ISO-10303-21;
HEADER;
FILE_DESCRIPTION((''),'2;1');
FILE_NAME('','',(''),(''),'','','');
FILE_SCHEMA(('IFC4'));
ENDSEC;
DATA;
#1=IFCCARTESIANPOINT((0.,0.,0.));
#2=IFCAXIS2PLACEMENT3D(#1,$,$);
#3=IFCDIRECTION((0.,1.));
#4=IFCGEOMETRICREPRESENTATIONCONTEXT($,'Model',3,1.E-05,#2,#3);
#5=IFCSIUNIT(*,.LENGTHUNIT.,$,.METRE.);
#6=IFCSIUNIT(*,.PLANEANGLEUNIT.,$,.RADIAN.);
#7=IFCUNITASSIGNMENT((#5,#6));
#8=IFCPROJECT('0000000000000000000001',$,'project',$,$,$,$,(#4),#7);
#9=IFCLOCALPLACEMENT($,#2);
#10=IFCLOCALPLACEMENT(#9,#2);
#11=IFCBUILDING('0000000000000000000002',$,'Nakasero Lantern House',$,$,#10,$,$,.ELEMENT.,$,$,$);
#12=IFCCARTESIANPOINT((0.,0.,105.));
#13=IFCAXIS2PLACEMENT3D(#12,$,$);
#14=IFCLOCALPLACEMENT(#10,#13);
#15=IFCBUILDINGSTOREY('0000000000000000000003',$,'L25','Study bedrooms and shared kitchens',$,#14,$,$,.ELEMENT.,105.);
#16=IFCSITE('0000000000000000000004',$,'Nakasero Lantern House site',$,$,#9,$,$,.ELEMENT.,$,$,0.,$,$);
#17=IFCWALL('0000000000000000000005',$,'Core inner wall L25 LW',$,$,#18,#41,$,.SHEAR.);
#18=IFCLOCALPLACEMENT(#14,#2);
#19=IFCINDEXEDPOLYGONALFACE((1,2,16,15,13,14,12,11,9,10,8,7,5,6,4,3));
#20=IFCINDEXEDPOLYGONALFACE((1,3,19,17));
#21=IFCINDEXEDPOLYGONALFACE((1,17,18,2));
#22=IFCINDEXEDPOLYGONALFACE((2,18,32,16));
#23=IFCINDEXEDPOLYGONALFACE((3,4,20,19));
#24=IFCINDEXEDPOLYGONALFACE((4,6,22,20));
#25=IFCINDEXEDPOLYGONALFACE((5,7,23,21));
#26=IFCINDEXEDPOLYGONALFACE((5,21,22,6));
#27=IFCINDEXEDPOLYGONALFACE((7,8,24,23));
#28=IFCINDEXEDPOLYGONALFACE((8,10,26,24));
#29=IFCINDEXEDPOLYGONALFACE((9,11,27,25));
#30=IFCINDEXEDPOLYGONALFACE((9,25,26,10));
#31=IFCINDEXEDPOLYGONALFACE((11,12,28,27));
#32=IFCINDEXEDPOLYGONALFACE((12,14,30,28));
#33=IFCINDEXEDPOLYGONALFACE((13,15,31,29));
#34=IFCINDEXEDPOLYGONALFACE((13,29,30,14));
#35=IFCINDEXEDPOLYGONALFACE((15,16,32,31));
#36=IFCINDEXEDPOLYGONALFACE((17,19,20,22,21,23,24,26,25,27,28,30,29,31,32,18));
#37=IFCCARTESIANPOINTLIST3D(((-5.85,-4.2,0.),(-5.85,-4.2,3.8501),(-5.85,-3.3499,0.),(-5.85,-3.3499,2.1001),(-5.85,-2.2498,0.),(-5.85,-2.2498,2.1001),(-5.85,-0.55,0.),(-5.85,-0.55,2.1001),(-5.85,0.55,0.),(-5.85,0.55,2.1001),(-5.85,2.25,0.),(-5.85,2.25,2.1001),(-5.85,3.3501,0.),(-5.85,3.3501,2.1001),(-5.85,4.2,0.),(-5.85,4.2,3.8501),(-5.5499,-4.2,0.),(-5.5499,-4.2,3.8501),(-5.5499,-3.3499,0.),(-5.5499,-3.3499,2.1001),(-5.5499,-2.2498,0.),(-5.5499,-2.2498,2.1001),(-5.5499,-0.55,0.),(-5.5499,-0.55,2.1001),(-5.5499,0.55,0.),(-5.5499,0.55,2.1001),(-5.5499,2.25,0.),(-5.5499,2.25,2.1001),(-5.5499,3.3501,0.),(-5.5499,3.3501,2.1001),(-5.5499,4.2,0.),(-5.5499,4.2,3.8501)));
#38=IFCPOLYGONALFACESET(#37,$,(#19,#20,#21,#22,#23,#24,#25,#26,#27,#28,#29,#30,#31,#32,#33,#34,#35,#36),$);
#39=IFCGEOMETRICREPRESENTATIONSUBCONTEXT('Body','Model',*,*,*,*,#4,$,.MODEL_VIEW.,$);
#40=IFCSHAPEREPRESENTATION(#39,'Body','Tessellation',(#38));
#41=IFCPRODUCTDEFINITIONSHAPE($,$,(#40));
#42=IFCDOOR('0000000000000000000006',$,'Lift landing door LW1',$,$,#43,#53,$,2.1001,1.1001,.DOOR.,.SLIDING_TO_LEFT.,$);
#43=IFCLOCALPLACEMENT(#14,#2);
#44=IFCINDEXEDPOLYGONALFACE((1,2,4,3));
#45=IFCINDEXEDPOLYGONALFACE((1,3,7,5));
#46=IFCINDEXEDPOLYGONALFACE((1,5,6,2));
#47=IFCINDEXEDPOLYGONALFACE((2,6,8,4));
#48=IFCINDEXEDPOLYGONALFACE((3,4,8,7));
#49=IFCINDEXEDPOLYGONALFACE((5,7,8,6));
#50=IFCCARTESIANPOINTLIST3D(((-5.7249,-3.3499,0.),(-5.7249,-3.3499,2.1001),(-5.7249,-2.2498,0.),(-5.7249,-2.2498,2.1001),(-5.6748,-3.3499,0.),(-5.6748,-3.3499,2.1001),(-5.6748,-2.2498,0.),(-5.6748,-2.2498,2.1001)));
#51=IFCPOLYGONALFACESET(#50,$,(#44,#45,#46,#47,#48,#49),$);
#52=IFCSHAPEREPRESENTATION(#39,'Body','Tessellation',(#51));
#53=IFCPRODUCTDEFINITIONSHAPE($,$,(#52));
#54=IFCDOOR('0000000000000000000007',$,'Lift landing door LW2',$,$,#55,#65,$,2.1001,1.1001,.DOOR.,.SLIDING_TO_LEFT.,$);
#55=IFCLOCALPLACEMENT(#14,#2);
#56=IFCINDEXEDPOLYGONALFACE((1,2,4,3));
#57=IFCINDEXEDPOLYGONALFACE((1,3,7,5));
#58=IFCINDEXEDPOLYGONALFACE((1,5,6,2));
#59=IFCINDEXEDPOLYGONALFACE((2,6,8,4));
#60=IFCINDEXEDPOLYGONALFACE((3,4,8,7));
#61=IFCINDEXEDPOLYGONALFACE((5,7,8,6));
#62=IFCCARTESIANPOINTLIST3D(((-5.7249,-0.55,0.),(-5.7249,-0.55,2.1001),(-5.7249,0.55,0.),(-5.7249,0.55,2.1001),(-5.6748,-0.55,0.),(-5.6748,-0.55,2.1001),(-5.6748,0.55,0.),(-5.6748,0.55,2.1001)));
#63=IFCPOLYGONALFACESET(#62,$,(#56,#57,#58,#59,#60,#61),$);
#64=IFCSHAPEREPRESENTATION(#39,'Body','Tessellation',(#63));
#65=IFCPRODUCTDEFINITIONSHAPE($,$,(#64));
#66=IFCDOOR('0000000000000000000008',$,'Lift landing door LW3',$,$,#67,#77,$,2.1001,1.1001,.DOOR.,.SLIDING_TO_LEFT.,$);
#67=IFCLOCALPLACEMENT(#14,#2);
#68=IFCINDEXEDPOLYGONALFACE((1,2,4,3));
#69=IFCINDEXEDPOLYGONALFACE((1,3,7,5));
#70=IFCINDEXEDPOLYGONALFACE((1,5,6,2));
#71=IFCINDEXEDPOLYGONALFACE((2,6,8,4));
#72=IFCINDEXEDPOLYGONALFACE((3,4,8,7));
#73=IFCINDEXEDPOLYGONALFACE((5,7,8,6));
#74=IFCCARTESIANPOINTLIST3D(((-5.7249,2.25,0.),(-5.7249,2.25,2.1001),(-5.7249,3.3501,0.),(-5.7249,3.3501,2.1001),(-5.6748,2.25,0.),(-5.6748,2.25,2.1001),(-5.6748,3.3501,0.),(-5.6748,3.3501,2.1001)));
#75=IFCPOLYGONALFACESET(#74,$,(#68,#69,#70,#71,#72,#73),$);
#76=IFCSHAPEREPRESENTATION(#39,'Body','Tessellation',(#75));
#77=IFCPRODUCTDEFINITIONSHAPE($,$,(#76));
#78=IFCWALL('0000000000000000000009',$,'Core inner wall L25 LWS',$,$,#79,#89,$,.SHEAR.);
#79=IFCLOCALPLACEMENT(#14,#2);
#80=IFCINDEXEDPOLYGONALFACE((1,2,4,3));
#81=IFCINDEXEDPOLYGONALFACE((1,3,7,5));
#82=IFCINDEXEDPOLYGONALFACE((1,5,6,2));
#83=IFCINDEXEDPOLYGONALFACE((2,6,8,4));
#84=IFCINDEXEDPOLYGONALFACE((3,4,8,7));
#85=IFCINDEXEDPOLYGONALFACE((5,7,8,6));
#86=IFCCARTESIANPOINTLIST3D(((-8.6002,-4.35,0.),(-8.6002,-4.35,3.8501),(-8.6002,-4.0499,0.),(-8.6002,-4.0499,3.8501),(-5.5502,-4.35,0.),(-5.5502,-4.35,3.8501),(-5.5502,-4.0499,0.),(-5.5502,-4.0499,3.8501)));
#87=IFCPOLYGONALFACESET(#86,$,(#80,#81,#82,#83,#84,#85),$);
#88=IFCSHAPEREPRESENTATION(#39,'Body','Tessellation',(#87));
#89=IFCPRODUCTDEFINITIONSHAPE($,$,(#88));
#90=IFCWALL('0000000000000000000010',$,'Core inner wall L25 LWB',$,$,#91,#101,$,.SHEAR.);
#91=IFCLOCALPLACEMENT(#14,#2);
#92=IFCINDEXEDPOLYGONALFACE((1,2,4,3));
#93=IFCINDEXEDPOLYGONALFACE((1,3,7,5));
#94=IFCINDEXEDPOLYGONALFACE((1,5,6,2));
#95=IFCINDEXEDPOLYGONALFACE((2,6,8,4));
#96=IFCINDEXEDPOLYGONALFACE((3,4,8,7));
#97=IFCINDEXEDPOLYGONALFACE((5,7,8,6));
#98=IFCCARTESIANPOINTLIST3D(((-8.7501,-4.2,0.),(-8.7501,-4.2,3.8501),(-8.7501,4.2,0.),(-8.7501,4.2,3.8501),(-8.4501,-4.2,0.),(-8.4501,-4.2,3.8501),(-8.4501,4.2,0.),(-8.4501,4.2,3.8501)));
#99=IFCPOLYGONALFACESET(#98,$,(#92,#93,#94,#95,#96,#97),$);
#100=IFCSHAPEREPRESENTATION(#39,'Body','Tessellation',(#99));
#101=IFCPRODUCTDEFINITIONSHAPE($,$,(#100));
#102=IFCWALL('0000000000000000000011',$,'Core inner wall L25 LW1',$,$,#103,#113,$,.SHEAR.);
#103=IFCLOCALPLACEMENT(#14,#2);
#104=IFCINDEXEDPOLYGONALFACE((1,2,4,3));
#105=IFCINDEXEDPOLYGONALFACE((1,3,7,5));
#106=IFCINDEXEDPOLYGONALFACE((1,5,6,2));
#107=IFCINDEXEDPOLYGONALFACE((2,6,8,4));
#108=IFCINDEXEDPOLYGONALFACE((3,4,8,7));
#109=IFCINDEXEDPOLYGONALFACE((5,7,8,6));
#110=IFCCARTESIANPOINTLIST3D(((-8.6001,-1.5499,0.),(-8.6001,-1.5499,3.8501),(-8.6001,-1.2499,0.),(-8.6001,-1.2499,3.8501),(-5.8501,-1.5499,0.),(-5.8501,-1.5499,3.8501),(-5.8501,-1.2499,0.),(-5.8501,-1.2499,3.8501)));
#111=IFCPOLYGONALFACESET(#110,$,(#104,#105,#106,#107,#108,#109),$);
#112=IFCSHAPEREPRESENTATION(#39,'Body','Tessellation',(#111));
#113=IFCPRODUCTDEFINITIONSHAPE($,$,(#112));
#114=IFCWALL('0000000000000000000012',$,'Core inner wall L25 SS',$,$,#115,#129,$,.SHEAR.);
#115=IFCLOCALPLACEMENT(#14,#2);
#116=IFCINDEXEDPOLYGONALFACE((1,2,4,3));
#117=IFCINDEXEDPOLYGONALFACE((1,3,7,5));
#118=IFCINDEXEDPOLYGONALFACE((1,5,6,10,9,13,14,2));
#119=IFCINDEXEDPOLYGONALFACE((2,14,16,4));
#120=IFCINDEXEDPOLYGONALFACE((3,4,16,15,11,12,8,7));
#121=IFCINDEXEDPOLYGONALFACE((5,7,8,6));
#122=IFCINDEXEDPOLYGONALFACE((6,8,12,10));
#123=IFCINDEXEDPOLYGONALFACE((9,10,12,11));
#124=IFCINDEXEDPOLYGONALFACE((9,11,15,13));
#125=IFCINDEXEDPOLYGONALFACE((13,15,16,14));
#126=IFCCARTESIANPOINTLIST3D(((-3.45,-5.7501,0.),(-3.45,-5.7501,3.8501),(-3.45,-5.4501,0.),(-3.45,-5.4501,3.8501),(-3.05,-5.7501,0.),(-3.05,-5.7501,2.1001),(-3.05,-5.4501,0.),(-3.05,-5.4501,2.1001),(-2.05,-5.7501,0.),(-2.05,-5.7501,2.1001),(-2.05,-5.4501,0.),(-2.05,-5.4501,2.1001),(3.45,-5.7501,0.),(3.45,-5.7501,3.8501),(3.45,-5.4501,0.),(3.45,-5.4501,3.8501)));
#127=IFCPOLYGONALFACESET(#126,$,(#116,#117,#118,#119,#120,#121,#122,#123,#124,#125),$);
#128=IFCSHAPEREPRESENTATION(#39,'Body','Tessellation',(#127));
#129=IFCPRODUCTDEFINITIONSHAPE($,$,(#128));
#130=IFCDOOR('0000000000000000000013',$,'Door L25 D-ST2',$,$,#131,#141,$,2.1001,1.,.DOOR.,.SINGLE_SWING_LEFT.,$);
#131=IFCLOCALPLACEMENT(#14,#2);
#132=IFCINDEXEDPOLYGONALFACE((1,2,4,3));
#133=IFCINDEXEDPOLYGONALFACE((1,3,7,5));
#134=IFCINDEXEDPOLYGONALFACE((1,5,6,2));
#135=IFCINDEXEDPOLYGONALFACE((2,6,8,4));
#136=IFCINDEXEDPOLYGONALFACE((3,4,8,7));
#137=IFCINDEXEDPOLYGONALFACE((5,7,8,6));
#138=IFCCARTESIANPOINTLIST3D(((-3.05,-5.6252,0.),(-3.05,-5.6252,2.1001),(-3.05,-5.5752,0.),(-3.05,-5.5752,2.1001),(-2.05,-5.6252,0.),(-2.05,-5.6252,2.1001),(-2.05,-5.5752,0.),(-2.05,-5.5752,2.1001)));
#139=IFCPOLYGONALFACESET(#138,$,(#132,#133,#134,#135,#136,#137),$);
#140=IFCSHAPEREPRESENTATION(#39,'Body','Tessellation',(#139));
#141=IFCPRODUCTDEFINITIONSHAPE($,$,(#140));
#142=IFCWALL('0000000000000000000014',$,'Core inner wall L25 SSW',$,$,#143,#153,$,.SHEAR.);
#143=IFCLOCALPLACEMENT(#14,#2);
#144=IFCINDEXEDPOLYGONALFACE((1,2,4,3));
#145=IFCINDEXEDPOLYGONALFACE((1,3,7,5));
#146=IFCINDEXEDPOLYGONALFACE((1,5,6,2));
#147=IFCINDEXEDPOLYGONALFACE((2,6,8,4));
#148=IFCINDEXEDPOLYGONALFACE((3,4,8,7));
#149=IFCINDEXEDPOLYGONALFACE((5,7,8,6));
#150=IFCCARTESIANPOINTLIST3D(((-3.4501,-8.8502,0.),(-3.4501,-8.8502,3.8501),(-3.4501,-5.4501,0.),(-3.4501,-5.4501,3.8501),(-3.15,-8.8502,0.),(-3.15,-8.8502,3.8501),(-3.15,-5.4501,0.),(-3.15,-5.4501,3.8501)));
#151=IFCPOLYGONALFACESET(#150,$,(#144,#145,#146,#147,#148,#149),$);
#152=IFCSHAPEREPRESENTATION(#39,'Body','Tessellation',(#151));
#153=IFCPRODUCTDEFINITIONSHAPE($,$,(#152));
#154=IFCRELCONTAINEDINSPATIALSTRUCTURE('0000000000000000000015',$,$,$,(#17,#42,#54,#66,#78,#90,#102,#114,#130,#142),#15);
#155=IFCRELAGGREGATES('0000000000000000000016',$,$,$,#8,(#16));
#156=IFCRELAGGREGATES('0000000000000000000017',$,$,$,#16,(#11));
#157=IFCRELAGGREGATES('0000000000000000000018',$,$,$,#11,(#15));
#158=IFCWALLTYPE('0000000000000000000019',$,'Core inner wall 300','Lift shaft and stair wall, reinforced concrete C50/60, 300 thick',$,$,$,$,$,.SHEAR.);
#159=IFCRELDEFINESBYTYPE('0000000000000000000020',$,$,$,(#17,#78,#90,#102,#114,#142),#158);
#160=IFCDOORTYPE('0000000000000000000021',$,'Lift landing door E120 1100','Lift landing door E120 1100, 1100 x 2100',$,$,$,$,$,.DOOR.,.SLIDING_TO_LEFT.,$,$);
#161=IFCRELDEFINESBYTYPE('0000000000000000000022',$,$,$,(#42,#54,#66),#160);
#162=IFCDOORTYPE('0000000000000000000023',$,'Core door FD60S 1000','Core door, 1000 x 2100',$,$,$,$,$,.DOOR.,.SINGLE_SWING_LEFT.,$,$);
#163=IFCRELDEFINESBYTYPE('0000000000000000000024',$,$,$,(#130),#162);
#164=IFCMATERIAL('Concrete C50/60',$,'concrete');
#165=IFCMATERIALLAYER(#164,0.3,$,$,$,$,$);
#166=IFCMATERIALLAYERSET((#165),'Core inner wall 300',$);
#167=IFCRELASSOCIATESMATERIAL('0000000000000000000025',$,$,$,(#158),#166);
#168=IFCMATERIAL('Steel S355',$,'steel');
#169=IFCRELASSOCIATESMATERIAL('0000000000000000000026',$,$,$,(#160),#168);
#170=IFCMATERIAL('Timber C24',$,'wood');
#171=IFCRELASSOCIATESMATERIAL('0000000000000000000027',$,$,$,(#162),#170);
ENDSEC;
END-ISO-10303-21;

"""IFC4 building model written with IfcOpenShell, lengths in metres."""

from ifc_helpers import new_model, si_unit, direction, frame, frame_2d, origin, place, context, subcontext, project, spatial, rectangle, extrude, material, layer, layer_set, type_object, element, fill, save


model = new_model("IFC4")

# Units and contexts
model_context = context("Model", 3, precision=1e-05, world=origin(), true_north=direction((0.0, 1.0)))
body_context = subcontext(model_context, "Body", "Model", "MODEL_VIEW")
ifc_project = project(units=[si_unit("LENGTHUNIT", "METRE"), si_unit("PLANEANGLEUNIT", "RADIAN")], contexts=[model_context])

# Site, building, storey
site_placement = place(None, origin())
site = spatial("IfcSite", under=ifc_project, at=site_placement, Name="Nakasero Lantern House site", CompositionType="ELEMENT", RefElevation=0.0)
building_placement = place(site_placement, origin())
building = spatial("IfcBuilding", under=site, at=building_placement, Name="Nakasero Lantern House", CompositionType="ELEMENT")
storey_placement = place(building_placement, frame((0.0, 0.0, 105.0)))
storey = spatial("IfcBuildingStorey", under=building, at=storey_placement, Name="L25", Description="Study bedrooms and shared kitchens", CompositionType="ELEMENT", Elevation=105.0)

# Wall, openings, doors
ifc_material_1 = material(Name="Concrete C50/60", Category="concrete")
ifc_layer_1 = layer(ifc_material_1, 0.3)
ifc_layer_set_1 = layer_set([ifc_layer_1], Name="Core inner wall 300")
wall_type_1 = type_object("IfcWallType", Name="Core inner wall 300", Description="Lift shaft and stair wall, reinforced concrete C50/60, 300 thick", PredefinedType="SHEAR", material=ifc_layer_set_1)
wall_1_placement = place(storey_placement, frame((-5.7, -4.2, 0.0), z_axis=(0.0, 0.0, 1.0), x_axis=(0.0, 1.0, 0.0)))
wall_1 = element("IfcWall", 1, at=wall_1_placement, inside=storey, type_object=wall_type_1, Name="Core inner wall L25 LW", PredefinedType="SHEAR", context=body_context, shape_type="SweptSolid", body=[
    extrude(rectangle(XDim=8.3999, YDim=0.3, at=frame_2d((4.2, 0.0))), origin(), (0.0, 0.0, 1.0), 3.8501),
])
opening_1_placement = place(wall_1_placement, frame((0.8501, 0.0, 0.0)))
opening_1 = element("IfcOpeningElement", 2, at=opening_1_placement, cuts=wall_1, PredefinedType="OPENING", context=body_context, shape_type="SweptSolid", body=[
    extrude(rectangle(XDim=1.1001, YDim=2.1001, at=frame_2d((0.55, 1.05))), frame((0.0, 0.1699, 0.0), z_axis=(0.0, -1.0, 0.0), x_axis=(1.0, 0.0, 0.0)), (0.0, 0.0, 1.0), 0.3401),
])
opening_2_placement = place(wall_1_placement, frame((3.6499, 0.0, 0.0)))
opening_2 = element("IfcOpeningElement", 3, at=opening_2_placement, cuts=wall_1, PredefinedType="OPENING", context=body_context, shape_type="SweptSolid", body=[
    extrude(rectangle(XDim=1.1001, YDim=2.1001, at=frame_2d((0.55, 1.05))), frame((0.0, 0.1699, 0.0), z_axis=(0.0, -1.0, 0.0), x_axis=(1.0, 0.0, 0.0)), (0.0, 0.0, 1.0), 0.3401),
])
opening_3_placement = place(wall_1_placement, frame((6.45, 0.0, 0.0)))
opening_3 = element("IfcOpeningElement", 4, at=opening_3_placement, cuts=wall_1, PredefinedType="OPENING", context=body_context, shape_type="SweptSolid", body=[
    extrude(rectangle(XDim=1.1001, YDim=2.1001, at=frame_2d((0.55, 1.05))), frame((0.0, 0.1699, 0.0), z_axis=(0.0, -1.0, 0.0), x_axis=(1.0, 0.0, 0.0)), (0.0, 0.0, 1.0), 0.3401),
])
ifc_material_2 = material(Name="Steel S355", Category="steel")
door_type_1 = type_object("IfcDoorType", Name="Lift landing door E120 1100", Description="Lift landing door E120 1100, 1100 x 2100", OperationType="SLIDING_TO_LEFT", PredefinedType="DOOR", material=ifc_material_2)
door_1_placement = place(opening_1_placement, origin())
door_1 = element("IfcDoor", 5, at=door_1_placement, inside=storey, type_object=door_type_1, Name="Lift landing door LW1", OperationType="SLIDING_TO_LEFT", OverallHeight=2.1001, OverallWidth=1.1001, PredefinedType="DOOR", context=body_context, shape_type="SweptSolid", body=[
    extrude(rectangle(XDim=1.1001, YDim=2.1001, at=frame_2d((0.55, 1.05))), frame((0.0, 0.0249, 0.0), z_axis=(0.0, -1.0, 0.0), x_axis=(1.0, 0.0, 0.0)), (0.0, 0.0, 1.0), 0.05),
])
fill(opening_1, door_1)
door_2_placement = place(opening_2_placement, origin())
door_2 = element("IfcDoor", 6, at=door_2_placement, inside=storey, type_object=door_type_1, Name="Lift landing door LW2", OperationType="SLIDING_TO_LEFT", OverallHeight=2.1001, OverallWidth=1.1001, PredefinedType="DOOR", context=body_context, shape_type="SweptSolid", body=[
    extrude(rectangle(XDim=1.1001, YDim=2.1001, at=frame_2d((0.55, 1.05))), frame((0.0, 0.0249, 0.0), z_axis=(0.0, -1.0, 0.0), x_axis=(1.0, 0.0, 0.0)), (0.0, 0.0, 1.0), 0.05),
])
fill(opening_2, door_2)
door_3_placement = place(opening_3_placement, origin())
door_3 = element("IfcDoor", 7, at=door_3_placement, inside=storey, type_object=door_type_1, Name="Lift landing door LW3", OperationType="SLIDING_TO_LEFT", OverallHeight=2.1001, OverallWidth=1.1001, PredefinedType="DOOR", context=body_context, shape_type="SweptSolid", body=[
    extrude(rectangle(XDim=1.1001, YDim=2.1001, at=frame_2d((0.55, 1.05))), frame((0.0, 0.0249, 0.0), z_axis=(0.0, -1.0, 0.0), x_axis=(1.0, 0.0, 0.0)), (0.0, 0.0, 1.0), 0.05),
])
fill(opening_3, door_3)

# Walls
wall_2_placement = place(storey_placement, frame((-8.6001, -4.2, 0.0), z_axis=(0.0, 0.0, 1.0), x_axis=(1.0, 0.0, 0.0)))
element("IfcWall", 8, at=wall_2_placement, inside=storey, type_object=wall_type_1, Name="Core inner wall L25 LWS", PredefinedType="SHEAR", context=body_context, shape_type="SweptSolid", body=[
    extrude(rectangle(XDim=3.05, YDim=0.3, at=frame_2d((1.5249, 0.0))), origin(), (0.0, 0.0, 1.0), 3.8501),
])
wall_3_placement = place(storey_placement, frame((-8.6001, -4.2, 0.0), z_axis=(0.0, 0.0, 1.0), x_axis=(0.0, 1.0, 0.0)))
element("IfcWall", 9, at=wall_3_placement, inside=storey, type_object=wall_type_1, Name="Core inner wall L25 LWB", PredefinedType="SHEAR", context=body_context, shape_type="SweptSolid", body=[
    extrude(rectangle(XDim=8.3999, YDim=0.3, at=frame_2d((4.2, 0.0))), origin(), (0.0, 0.0, 1.0), 3.8501),
])
wall_4_placement = place(storey_placement, frame((-8.6001, -1.3999, 0.0), z_axis=(0.0, 0.0, 1.0), x_axis=(1.0, 0.0, 0.0)))
element("IfcWall", 10, at=wall_4_placement, inside=storey, type_object=wall_type_1, Name="Core inner wall L25 LW1", PredefinedType="SHEAR", context=body_context, shape_type="SweptSolid", body=[
    extrude(rectangle(XDim=2.75, YDim=0.3, at=frame_2d((1.375, 0.0))), origin(), (0.0, 0.0, 1.0), 3.8501),
])

# Wall, opening, door
wall_5_placement = place(storey_placement, frame((-3.45, -5.6001, 0.0), z_axis=(0.0, 0.0, 1.0), x_axis=(1.0, 0.0, 0.0)))
wall_5 = element("IfcWall", 11, at=wall_5_placement, inside=storey, type_object=wall_type_1, Name="Core inner wall L25 SS", PredefinedType="SHEAR", context=body_context, shape_type="SweptSolid", body=[
    extrude(rectangle(XDim=6.8999, YDim=0.3, at=frame_2d((3.45, 0.0))), origin(), (0.0, 0.0, 1.0), 3.8501),
])
opening_4_placement = place(wall_5_placement, frame((0.3999, 0.0, 0.0)))
opening_4 = element("IfcOpeningElement", 12, at=opening_4_placement, cuts=wall_5, PredefinedType="OPENING", context=body_context, shape_type="SweptSolid", body=[
    extrude(rectangle(XDim=1.0, YDim=2.1001, at=frame_2d((0.5, 1.05))), frame((0.0, 0.1699, 0.0), z_axis=(0.0, -1.0, 0.0), x_axis=(1.0, 0.0, 0.0)), (0.0, 0.0, 1.0), 0.3401),
])
ifc_material_3 = material(Name="Timber C24", Category="wood")
door_type_2 = type_object("IfcDoorType", Name="Core door FD60S 1000", Description="Core door, 1000 x 2100", OperationType="SINGLE_SWING_LEFT", PredefinedType="DOOR", material=ifc_material_3)
door_4_placement = place(opening_4_placement, origin())
door_4 = element("IfcDoor", 13, at=door_4_placement, inside=storey, type_object=door_type_2, Name="Door L25 D-ST2", OperationType="SINGLE_SWING_LEFT", OverallHeight=2.1001, OverallWidth=1.0, PredefinedType="DOOR", context=body_context, shape_type="SweptSolid", body=[
    extrude(rectangle(XDim=1.0, YDim=2.1001, at=frame_2d((0.5, 1.05))), frame((0.0, 0.0249, 0.0), z_axis=(0.0, -1.0, 0.0), x_axis=(1.0, 0.0, 0.0)), (0.0, 0.0, 1.0), 0.05),
])
fill(opening_4, door_4)

# Wall
wall_6_placement = place(storey_placement, frame((-3.3, -5.45, 0.0), z_axis=(0.0, 0.0, 1.0), x_axis=(0.0, -1.0, 0.0)))
element("IfcWall", 14, at=wall_6_placement, inside=storey, type_object=wall_type_1, Name="Core inner wall L25 SSW", PredefinedType="SHEAR", context=body_context, shape_type="SweptSolid", body=[
    extrude(rectangle(XDim=3.4001, YDim=0.3, at=frame_2d((1.7002, 0.0))), origin(), (0.0, 0.0, 1.0), 3.8501),
])

save(model, "model.ifc")
